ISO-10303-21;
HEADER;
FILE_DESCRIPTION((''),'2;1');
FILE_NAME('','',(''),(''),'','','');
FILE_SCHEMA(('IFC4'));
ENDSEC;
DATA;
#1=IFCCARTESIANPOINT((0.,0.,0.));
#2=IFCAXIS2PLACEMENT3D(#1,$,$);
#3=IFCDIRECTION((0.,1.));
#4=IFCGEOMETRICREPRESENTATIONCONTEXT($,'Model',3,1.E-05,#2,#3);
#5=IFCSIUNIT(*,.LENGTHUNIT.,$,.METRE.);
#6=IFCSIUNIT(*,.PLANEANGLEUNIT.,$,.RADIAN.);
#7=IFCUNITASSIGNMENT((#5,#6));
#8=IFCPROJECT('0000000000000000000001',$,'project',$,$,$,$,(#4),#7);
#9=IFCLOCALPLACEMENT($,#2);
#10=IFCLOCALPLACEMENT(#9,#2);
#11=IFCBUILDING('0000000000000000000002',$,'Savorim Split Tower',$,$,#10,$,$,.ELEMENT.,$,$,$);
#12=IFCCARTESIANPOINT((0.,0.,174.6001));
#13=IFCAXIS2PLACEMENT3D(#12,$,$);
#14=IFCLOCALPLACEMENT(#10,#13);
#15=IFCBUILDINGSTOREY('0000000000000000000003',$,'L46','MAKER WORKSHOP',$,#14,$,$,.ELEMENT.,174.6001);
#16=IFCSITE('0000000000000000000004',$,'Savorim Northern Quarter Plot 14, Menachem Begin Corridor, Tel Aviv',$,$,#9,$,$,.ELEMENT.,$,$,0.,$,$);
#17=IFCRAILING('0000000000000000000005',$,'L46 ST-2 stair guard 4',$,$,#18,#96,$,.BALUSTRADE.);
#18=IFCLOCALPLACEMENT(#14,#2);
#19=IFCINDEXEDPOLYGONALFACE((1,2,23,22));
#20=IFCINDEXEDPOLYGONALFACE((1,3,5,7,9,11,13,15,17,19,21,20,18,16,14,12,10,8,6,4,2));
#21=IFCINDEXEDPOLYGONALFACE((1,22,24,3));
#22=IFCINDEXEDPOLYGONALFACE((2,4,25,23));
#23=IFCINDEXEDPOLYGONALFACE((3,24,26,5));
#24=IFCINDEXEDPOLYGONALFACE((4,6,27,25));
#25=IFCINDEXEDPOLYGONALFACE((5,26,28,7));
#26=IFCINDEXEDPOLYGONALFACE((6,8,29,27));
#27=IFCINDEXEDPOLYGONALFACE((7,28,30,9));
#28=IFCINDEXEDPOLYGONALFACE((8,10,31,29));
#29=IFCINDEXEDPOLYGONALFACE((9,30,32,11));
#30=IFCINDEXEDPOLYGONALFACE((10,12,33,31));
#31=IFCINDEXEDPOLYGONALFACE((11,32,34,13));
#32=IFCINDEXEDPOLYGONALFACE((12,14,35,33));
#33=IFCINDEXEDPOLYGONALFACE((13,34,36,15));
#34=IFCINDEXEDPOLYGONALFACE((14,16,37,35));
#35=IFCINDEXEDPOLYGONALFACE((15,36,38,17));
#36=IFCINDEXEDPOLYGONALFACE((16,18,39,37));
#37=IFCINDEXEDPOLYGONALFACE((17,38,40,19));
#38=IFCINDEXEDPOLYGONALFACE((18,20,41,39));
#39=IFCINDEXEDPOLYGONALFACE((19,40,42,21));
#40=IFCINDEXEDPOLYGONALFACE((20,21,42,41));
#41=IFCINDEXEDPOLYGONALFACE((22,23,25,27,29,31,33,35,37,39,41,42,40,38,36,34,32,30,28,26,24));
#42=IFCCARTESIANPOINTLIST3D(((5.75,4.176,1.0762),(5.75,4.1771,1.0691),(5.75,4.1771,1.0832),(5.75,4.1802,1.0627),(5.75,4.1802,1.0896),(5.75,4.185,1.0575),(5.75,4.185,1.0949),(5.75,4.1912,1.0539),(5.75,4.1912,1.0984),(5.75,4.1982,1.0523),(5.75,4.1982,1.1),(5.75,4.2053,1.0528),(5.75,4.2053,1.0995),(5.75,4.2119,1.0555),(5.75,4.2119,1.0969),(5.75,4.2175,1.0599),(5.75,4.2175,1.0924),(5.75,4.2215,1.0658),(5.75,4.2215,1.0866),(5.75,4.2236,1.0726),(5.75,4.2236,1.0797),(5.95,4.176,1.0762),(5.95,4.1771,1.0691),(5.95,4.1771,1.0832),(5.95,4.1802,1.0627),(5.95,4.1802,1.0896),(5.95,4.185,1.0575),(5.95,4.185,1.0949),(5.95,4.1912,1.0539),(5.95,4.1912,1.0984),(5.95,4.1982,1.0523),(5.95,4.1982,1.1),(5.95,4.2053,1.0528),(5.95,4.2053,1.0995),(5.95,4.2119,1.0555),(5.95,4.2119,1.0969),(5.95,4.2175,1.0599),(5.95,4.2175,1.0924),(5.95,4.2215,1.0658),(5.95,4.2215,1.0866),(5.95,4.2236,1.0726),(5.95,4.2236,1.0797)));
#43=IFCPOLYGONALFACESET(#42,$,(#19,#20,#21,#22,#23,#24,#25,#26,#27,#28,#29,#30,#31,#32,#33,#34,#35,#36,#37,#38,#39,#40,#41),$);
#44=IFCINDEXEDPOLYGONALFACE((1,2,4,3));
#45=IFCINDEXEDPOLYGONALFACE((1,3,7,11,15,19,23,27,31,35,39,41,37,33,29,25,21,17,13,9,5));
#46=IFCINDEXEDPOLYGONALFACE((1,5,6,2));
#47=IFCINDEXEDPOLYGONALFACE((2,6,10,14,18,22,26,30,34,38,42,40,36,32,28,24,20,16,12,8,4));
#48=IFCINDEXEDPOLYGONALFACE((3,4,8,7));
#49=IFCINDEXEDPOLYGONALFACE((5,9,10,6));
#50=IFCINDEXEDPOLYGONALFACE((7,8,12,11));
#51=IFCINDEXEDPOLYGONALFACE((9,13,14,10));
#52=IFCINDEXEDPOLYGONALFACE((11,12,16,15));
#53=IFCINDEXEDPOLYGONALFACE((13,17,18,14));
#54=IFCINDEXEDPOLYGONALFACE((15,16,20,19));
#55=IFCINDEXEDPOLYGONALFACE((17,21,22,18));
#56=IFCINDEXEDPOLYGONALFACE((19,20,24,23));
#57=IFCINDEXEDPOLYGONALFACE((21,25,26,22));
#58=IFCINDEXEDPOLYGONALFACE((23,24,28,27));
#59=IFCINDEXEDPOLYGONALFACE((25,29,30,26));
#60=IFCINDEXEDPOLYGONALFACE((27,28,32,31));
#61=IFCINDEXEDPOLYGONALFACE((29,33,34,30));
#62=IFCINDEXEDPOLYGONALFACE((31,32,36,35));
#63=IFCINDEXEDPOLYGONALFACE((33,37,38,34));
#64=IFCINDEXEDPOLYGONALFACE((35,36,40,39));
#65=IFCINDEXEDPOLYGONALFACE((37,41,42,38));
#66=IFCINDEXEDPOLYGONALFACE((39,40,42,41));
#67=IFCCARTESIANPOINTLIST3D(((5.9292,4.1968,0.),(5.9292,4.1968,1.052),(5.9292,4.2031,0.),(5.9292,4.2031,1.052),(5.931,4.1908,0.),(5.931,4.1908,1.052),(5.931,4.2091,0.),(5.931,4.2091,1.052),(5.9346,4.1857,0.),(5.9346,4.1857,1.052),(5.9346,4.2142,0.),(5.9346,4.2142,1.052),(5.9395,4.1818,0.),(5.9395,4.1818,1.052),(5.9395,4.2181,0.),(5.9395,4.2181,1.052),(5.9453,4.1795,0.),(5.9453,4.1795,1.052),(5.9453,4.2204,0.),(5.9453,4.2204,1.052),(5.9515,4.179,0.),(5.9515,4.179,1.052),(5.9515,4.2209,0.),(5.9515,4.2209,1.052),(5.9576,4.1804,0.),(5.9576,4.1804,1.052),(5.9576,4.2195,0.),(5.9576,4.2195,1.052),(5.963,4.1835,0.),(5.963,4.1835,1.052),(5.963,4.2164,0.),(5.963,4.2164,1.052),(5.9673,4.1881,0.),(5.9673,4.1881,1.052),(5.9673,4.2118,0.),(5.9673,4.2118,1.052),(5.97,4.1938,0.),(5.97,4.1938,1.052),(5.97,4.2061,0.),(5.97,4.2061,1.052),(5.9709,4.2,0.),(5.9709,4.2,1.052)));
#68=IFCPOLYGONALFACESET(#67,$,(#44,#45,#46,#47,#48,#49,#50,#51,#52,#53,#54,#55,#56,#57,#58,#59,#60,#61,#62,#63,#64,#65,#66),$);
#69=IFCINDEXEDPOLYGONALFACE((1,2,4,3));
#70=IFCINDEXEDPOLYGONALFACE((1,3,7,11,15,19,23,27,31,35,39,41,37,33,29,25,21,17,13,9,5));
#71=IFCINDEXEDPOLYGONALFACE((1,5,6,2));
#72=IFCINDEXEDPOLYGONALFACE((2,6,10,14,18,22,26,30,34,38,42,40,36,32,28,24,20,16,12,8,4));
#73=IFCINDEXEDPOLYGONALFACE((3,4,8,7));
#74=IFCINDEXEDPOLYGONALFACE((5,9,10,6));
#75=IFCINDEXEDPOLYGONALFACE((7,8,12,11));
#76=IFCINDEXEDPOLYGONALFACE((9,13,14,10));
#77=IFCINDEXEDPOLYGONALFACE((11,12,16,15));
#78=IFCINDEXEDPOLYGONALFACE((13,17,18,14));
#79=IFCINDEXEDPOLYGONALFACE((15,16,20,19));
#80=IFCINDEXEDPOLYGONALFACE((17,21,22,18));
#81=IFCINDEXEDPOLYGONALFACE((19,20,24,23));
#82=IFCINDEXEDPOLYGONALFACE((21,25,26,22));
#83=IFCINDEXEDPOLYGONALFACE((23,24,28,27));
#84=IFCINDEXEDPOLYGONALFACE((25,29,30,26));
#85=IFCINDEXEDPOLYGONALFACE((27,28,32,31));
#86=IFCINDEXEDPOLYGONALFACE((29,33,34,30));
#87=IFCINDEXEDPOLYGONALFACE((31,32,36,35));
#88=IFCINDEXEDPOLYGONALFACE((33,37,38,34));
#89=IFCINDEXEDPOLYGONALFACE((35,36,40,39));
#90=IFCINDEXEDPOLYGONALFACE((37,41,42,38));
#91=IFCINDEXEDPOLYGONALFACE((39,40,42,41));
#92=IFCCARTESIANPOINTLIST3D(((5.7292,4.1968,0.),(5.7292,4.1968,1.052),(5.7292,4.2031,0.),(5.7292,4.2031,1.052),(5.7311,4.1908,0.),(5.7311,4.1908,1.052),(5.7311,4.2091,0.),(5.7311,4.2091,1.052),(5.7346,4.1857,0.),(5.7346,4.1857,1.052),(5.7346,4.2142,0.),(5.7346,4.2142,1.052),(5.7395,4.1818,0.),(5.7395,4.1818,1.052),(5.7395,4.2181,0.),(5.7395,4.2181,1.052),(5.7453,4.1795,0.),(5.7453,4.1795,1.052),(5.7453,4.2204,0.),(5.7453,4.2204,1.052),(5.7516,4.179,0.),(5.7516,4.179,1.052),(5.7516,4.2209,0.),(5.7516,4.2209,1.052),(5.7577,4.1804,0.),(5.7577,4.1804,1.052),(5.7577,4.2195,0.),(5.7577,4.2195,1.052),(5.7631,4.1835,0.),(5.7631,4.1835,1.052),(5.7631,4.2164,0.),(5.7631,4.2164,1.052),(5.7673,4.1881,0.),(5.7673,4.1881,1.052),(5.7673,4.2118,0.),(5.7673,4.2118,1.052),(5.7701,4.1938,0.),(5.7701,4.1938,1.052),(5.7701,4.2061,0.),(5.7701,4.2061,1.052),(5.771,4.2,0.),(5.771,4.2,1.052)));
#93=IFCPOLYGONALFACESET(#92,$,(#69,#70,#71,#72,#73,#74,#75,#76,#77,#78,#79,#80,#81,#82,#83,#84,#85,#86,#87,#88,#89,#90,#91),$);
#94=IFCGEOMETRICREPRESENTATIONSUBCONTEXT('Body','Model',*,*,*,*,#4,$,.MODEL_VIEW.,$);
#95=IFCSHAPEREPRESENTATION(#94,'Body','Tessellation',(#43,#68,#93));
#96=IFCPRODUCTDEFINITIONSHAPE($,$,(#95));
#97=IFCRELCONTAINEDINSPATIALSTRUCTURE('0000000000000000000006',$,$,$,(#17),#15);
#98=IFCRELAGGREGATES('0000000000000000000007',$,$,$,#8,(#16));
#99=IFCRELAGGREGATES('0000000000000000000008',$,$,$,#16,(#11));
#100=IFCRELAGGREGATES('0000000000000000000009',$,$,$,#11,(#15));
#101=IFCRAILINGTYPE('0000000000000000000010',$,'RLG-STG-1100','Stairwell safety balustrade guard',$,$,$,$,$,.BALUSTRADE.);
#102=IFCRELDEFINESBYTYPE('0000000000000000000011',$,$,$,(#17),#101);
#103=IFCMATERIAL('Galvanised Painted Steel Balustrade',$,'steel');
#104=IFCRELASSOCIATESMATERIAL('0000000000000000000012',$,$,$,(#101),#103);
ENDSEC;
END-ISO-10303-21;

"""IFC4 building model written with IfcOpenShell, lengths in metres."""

from ifc_helpers import new_model, si_unit, direction, frame, origin, origin_2d, place, context, subcontext, project, spatial, circle, extrude, material, type_object, element, save


model = new_model("IFC4")

# Units and contexts
model_context = context("Model", 3, precision=1e-05, world=origin(), true_north=direction((0.0, 1.0)))
body_context = subcontext(model_context, "Body", "Model", "MODEL_VIEW")
ifc_project = project(units=[si_unit("LENGTHUNIT", "METRE"), si_unit("PLANEANGLEUNIT", "RADIAN")], contexts=[model_context])

# Site, building, storey
site_placement = place(None, origin())
site = spatial("IfcSite", under=ifc_project, at=site_placement, Name="Savorim Northern Quarter Plot 14, Menachem Begin Corridor, Tel Aviv", CompositionType="ELEMENT", RefElevation=0.0)
building_placement = place(site_placement, origin())
building = spatial("IfcBuilding", under=site, at=building_placement, Name="Savorim Split Tower", CompositionType="ELEMENT")
storey_placement = place(building_placement, frame((0.0, 0.0, 174.6001)))
storey = spatial("IfcBuildingStorey", under=building, at=storey_placement, Name="L46", Description="MAKER WORKSHOP", CompositionType="ELEMENT", Elevation=174.6001)

# Railing
ifc_material_1 = material(Name="Galvanised Painted Steel Balustrade", Category="steel")
railing_type_1 = type_object("IfcRailingType", Name="RLG-STG-1100", Description="Stairwell safety balustrade guard", PredefinedType="BALUSTRADE", material=ifc_material_1)
railing_1_placement = place(storey_placement, frame((5.95, 4.2, 0.0)))
element("IfcRailing", 1, at=railing_1_placement, inside=storey, type_object=railing_type_1, Name="L46 ST-2 stair guard 4", PredefinedType="BALUSTRADE", context=body_context, shape_type="SweptSolid", body=[
    extrude(circle(Radius=0.0239, at=origin_2d()), frame((0.0, 0.0, 1.0762), z_axis=(-1.0, 0.0, 0.0), x_axis=(0.0, -1.0, 0.0)), (0.0, 0.0, 1.0), 0.2),
    extrude(circle(Radius=0.021, at=origin_2d()), origin(), (0.0, 0.0, 1.0), 1.052),
    extrude(circle(Radius=0.021, at=origin_2d()), frame((-0.2, 0.0, 0.0)), (0.0, 0.0, 1.0), 1.052),
])

save(model, "model.ifc")
